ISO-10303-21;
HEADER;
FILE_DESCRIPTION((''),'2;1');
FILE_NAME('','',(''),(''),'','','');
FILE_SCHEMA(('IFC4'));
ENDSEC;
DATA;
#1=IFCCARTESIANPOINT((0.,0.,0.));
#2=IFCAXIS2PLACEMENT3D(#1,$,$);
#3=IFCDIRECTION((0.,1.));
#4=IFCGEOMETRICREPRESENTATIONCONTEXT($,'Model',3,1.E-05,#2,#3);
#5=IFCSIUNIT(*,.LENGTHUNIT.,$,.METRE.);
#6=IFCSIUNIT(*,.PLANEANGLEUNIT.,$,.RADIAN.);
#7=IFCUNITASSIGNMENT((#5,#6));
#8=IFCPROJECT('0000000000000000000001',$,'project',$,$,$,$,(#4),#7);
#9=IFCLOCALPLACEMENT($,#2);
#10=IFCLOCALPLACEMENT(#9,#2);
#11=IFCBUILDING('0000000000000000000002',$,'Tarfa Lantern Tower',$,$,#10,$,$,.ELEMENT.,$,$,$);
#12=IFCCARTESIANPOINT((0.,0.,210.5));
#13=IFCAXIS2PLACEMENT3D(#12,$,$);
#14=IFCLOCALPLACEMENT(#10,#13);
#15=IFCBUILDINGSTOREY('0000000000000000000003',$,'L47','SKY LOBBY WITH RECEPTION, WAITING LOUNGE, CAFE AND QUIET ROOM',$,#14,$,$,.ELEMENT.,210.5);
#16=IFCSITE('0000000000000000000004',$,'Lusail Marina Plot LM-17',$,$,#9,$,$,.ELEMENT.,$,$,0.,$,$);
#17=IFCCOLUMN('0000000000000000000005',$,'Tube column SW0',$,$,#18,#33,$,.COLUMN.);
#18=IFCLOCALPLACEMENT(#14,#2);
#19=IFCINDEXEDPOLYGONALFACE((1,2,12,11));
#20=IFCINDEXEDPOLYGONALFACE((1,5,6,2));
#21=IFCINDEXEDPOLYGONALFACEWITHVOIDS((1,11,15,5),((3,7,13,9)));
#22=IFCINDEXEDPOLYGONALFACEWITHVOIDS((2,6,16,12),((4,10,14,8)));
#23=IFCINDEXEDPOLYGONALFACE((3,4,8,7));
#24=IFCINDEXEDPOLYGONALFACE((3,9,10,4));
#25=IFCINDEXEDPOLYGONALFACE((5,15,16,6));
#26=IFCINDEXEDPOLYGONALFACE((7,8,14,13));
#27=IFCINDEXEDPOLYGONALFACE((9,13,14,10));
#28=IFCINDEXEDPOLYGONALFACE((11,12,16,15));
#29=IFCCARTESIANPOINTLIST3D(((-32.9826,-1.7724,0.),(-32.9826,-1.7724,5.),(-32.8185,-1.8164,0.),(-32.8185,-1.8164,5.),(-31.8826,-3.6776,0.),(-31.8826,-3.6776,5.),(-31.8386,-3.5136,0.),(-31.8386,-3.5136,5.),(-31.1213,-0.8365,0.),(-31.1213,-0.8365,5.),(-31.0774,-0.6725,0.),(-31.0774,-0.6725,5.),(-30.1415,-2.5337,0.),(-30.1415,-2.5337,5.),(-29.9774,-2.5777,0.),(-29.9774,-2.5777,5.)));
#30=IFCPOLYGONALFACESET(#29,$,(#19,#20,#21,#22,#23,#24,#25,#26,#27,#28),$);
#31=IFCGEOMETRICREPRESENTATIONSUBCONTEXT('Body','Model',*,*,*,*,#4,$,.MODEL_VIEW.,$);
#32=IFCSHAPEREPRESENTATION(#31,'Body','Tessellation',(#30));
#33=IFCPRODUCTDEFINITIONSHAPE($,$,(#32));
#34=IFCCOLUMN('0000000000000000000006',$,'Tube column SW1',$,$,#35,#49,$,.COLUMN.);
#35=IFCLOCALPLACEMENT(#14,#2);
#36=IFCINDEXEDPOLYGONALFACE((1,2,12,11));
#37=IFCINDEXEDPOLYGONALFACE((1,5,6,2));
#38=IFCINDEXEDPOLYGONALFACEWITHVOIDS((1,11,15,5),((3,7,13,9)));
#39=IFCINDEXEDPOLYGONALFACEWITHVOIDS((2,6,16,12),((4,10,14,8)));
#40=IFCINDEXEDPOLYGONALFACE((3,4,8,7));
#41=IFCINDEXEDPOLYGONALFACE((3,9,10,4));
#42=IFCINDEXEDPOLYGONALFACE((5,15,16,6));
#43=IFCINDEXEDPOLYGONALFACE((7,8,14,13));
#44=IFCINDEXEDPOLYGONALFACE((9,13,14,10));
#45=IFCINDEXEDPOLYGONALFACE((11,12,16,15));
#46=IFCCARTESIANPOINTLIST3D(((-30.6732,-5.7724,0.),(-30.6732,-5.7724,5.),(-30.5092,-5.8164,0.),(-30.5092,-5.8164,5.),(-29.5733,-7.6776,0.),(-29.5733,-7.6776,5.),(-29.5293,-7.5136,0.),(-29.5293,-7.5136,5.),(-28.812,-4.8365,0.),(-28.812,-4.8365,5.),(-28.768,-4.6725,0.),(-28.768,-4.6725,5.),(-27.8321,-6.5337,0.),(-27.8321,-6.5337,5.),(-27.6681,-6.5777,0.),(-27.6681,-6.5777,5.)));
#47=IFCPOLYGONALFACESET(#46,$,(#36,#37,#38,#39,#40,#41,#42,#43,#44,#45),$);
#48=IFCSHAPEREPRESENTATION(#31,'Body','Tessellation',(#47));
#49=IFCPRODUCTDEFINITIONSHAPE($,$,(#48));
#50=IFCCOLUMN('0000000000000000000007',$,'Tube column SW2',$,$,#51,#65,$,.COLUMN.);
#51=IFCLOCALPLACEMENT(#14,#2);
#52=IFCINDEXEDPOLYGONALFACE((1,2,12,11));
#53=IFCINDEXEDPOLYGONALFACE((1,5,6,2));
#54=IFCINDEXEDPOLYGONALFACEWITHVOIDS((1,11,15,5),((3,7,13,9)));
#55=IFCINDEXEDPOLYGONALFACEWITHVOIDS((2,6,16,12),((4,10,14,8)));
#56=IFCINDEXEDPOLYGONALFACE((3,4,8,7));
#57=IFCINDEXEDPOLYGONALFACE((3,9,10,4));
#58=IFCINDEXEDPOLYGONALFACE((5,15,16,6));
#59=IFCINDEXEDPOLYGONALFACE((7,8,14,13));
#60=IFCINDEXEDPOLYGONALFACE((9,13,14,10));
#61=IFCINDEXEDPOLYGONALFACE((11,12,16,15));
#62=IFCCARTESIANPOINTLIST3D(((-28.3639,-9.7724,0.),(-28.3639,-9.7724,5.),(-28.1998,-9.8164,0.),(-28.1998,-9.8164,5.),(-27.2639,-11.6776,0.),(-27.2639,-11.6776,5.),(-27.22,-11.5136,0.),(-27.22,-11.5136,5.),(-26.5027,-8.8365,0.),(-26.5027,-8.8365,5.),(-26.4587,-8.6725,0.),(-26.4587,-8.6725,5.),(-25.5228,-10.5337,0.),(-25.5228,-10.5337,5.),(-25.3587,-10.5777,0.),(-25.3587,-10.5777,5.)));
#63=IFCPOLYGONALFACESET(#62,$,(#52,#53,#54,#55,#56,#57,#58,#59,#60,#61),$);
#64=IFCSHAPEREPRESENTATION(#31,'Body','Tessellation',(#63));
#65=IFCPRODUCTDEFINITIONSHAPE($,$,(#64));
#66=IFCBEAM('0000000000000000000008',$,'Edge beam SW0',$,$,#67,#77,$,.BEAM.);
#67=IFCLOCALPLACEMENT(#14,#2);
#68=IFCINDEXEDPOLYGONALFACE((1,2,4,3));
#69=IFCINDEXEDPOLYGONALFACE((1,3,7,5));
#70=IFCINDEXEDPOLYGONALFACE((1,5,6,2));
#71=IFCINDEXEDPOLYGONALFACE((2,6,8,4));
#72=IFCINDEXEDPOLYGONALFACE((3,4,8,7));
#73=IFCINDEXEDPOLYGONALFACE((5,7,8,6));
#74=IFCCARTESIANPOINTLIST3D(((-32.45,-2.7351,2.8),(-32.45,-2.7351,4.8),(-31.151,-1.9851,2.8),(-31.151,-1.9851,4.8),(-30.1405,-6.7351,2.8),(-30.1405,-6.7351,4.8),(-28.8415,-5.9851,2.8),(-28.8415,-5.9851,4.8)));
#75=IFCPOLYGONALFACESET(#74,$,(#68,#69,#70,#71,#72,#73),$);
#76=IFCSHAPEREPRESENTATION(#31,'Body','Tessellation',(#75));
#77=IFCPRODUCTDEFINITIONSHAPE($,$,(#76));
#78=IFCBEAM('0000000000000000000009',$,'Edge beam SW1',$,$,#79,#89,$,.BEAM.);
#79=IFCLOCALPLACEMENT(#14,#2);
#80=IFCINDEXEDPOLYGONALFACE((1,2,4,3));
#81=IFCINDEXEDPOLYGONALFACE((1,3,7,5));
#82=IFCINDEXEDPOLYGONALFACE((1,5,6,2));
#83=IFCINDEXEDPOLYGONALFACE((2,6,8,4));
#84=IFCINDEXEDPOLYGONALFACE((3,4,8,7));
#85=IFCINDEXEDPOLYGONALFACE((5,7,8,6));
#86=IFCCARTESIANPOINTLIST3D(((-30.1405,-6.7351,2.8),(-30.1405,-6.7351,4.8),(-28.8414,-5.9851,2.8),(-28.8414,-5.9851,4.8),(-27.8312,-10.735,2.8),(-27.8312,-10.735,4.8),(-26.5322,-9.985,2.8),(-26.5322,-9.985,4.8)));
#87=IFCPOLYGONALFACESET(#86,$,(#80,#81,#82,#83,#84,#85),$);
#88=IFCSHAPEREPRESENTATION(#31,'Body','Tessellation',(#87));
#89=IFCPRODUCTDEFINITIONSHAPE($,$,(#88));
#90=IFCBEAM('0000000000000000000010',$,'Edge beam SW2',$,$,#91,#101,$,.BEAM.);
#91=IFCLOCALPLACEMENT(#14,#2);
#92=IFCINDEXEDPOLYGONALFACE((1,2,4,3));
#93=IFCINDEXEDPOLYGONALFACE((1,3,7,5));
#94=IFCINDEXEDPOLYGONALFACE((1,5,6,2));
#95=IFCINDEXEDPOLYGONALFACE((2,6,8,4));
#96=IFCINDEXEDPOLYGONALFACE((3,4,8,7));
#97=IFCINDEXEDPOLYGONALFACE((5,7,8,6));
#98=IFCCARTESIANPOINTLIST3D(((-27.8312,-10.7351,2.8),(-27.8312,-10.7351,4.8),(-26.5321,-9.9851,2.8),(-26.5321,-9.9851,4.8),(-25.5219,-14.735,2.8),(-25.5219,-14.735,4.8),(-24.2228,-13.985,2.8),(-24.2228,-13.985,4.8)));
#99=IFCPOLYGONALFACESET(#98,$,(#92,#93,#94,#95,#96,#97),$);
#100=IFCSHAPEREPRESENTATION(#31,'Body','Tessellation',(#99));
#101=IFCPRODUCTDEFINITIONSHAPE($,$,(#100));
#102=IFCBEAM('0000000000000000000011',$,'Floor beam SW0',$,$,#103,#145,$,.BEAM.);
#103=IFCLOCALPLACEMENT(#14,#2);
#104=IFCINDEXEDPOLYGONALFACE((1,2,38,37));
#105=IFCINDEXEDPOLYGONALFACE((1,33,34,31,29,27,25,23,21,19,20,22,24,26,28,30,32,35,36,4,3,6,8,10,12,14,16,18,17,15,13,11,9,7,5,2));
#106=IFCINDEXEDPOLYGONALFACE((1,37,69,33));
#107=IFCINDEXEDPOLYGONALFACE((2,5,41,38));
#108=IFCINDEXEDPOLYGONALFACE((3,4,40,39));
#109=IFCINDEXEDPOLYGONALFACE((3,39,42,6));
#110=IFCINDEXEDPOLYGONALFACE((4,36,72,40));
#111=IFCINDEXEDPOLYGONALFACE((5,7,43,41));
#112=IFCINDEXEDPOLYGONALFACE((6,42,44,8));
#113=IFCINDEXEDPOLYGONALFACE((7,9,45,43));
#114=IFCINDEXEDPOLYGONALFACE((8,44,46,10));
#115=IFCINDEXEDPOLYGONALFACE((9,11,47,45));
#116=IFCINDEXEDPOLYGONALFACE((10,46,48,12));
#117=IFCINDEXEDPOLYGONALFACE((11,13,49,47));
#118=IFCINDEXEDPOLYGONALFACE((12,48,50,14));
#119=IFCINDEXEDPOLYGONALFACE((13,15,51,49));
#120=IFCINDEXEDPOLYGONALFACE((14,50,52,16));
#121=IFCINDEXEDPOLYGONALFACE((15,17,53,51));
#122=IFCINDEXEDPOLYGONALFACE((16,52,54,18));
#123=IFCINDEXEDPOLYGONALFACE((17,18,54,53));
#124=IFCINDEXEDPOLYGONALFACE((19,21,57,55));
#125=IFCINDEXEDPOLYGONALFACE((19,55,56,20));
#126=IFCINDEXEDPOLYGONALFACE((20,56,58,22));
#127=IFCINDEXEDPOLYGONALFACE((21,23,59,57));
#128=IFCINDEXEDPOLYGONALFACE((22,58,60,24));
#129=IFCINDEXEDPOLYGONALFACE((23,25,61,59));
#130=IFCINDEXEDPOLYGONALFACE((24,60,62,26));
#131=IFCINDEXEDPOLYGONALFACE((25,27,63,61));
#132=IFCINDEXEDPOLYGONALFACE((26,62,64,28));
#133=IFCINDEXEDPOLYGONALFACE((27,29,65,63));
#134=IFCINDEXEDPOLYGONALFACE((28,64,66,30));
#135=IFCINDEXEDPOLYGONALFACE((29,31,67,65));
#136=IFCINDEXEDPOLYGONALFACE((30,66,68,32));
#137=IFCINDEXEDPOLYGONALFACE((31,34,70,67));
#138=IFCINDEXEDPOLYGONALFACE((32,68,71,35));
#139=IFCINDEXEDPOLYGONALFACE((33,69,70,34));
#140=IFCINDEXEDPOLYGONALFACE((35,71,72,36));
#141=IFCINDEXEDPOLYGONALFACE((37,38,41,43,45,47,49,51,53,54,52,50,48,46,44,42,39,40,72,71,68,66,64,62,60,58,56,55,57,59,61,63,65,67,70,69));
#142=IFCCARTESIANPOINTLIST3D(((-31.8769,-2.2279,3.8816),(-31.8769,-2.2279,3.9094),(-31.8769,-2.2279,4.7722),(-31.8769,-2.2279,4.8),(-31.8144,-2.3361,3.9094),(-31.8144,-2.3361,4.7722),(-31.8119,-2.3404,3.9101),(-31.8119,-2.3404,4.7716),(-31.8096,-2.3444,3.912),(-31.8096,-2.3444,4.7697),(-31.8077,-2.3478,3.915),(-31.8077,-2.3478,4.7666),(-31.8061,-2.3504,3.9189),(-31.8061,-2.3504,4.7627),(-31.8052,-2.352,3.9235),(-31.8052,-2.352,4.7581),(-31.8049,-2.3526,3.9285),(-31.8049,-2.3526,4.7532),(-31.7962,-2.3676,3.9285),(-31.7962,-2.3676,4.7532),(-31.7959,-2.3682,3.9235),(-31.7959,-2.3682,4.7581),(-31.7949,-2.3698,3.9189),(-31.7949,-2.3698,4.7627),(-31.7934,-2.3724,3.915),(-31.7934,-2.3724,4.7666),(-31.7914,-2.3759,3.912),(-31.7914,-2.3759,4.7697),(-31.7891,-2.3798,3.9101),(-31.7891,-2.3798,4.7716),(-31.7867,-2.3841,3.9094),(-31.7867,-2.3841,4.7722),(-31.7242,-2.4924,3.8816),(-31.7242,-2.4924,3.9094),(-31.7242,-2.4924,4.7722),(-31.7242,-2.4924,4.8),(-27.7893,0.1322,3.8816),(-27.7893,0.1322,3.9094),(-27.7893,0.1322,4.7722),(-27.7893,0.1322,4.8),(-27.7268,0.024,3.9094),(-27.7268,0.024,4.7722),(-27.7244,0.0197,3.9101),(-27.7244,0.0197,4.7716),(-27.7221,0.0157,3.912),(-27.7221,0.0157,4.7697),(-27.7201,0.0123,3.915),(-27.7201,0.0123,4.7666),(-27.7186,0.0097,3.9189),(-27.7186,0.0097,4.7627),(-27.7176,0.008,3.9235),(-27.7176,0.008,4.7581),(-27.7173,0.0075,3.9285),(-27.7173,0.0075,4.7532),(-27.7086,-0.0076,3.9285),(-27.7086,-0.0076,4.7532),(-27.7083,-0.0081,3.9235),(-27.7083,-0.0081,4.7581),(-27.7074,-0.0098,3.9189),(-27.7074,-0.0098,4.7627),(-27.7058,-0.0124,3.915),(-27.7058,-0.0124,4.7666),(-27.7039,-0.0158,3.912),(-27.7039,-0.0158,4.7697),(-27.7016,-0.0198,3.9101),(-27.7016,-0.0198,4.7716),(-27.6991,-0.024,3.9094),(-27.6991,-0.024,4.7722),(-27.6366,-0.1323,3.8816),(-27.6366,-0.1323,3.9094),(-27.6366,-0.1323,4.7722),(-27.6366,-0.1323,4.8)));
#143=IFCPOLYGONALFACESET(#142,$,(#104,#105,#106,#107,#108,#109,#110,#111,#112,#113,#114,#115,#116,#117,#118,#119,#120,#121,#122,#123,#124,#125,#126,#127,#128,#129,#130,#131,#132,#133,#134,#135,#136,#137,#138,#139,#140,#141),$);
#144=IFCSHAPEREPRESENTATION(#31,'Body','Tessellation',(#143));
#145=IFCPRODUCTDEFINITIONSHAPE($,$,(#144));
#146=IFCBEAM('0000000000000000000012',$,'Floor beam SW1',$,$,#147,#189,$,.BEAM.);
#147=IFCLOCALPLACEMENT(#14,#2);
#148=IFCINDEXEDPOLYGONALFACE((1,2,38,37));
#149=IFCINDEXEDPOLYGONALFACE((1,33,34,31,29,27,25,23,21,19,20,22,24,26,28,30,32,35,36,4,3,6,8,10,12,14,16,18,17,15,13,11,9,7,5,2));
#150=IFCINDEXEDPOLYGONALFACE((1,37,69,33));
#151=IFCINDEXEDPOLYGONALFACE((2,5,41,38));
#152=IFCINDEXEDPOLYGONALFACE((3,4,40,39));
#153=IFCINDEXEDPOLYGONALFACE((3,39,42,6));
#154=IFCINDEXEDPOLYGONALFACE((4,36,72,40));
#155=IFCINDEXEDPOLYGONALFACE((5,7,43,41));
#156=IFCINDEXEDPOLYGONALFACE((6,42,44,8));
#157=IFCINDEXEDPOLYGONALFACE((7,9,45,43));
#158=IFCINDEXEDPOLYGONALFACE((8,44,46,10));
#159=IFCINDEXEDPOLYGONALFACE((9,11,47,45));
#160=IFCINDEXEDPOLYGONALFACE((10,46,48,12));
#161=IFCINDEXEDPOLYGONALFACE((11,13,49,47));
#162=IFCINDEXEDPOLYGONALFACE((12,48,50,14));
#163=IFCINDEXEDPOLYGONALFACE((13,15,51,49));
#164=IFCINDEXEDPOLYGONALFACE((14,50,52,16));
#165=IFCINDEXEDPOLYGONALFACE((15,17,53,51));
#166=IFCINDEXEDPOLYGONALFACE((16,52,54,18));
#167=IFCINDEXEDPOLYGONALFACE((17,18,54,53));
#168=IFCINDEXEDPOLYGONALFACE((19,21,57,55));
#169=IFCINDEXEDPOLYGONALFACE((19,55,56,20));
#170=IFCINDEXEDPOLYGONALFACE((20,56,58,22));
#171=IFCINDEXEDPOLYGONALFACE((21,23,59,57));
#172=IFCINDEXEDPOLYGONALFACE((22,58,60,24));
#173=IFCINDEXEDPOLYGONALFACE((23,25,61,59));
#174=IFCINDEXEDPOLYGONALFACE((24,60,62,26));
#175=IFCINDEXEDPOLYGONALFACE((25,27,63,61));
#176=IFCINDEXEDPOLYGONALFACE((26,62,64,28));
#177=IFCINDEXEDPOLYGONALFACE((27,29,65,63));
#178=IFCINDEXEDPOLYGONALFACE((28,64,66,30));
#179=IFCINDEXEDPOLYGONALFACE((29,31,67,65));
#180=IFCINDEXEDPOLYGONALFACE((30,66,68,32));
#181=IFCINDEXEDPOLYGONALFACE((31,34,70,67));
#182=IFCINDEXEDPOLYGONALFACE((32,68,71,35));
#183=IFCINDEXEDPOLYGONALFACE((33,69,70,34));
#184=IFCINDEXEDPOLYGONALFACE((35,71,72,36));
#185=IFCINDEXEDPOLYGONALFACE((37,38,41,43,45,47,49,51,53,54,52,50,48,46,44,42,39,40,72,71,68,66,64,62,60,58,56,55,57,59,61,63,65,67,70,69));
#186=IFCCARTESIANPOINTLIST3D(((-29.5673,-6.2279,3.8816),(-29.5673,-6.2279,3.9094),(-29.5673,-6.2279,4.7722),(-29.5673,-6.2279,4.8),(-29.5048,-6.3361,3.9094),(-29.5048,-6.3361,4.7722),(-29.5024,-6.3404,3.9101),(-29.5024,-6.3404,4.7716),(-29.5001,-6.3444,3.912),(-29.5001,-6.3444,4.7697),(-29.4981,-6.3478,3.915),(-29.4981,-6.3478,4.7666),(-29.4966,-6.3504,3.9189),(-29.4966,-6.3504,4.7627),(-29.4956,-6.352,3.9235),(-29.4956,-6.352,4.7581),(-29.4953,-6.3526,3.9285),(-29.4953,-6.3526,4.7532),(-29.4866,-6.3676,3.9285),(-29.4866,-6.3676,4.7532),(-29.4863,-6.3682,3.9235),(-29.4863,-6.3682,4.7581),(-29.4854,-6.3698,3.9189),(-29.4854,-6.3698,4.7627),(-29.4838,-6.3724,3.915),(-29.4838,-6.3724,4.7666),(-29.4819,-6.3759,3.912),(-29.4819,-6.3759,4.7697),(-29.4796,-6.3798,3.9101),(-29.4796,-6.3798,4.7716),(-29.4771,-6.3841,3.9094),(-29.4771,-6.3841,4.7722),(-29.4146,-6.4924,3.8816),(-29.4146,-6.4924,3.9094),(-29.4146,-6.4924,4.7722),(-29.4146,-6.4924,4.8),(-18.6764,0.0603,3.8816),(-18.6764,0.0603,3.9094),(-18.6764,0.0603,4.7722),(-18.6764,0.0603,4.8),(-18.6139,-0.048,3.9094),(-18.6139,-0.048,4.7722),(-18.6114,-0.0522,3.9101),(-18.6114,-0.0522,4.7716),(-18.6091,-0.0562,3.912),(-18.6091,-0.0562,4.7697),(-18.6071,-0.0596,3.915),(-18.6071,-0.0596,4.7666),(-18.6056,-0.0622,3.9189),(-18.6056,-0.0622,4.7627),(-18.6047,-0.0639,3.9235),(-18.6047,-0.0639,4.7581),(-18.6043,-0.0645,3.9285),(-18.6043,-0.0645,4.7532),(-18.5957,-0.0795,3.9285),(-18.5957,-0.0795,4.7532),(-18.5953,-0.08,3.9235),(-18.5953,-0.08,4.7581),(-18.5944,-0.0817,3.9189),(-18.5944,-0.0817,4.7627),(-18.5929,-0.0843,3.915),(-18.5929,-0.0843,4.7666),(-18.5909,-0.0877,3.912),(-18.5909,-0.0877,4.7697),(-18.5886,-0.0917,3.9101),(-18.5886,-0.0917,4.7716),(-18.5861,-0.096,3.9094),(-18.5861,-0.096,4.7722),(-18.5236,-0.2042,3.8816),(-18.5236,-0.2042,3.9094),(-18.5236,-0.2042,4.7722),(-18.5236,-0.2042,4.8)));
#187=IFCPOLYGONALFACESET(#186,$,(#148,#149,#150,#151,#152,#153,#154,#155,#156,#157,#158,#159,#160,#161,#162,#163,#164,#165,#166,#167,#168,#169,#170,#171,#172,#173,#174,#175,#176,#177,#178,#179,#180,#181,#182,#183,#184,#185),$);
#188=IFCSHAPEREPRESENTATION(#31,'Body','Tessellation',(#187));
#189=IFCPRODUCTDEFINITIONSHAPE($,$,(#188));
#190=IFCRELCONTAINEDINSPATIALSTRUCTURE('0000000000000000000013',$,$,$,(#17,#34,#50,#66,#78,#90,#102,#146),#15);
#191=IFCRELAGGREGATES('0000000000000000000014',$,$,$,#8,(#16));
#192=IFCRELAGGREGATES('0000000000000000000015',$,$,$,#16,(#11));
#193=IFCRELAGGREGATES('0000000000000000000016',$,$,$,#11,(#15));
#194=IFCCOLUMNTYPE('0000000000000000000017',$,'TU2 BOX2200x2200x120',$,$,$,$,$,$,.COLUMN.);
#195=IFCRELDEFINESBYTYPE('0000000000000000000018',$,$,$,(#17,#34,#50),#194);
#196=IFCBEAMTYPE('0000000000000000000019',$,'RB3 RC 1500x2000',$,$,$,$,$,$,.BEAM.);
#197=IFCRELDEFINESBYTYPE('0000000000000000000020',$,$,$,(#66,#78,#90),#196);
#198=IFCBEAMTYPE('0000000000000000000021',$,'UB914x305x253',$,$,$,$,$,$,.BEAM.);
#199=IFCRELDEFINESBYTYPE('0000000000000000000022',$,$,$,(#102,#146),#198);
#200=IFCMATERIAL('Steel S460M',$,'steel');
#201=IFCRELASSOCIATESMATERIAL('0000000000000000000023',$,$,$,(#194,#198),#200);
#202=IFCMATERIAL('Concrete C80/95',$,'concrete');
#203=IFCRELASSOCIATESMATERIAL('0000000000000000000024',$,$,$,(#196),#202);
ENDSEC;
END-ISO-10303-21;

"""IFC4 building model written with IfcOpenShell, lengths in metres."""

from ifc_helpers import new_model, si_unit, direction, frame, origin, origin_2d, place, context, subcontext, project, spatial, rectangle, hollow_rectangle, i_section, extrude, material, material_profile, profile_set, type_object, element, save


model = new_model("IFC4")

# Units and contexts
model_context = context("Model", 3, precision=1e-05, world=origin(), true_north=direction((0.0, 1.0)))
body_context = subcontext(model_context, "Body", "Model", "MODEL_VIEW")
ifc_project = project(units=[si_unit("LENGTHUNIT", "METRE"), si_unit("PLANEANGLEUNIT", "RADIAN")], contexts=[model_context])

# Site, building, storey
site_placement = place(None, origin())
site = spatial("IfcSite", under=ifc_project, at=site_placement, Name="Lusail Marina Plot LM-17", CompositionType="ELEMENT", RefElevation=0.0)
building_placement = place(site_placement, origin())
building = spatial("IfcBuilding", under=site, at=building_placement, Name="Tarfa Lantern Tower", CompositionType="ELEMENT")
storey_placement = place(building_placement, frame((0.0, 0.0, 210.5)))
storey = spatial("IfcBuildingStorey", under=building, at=storey_placement, Name="L47", Description="SKY LOBBY WITH RECEPTION, WAITING LOUNGE, CAFE AND QUIET ROOM", CompositionType="ELEMENT", Elevation=210.5)

# Columns
ifc_material_1 = material(Name="Steel S460M", Category="steel")
ifc_material_profile_1 = material_profile(ifc_material_1, hollow_rectangle(XDim=2.2, YDim=2.2, WallThickness=0.1201, at=origin_2d()), Name="BOX2200x2200x120")
ifc_profile_set_1 = profile_set([ifc_material_profile_1], Name="Steel S460M")
column_type = type_object("IfcColumnType", Name="TU2 BOX2200x2200x120", PredefinedType="COLUMN", material=ifc_profile_set_1)
for number, where, z_axis, x_axis, name in (
    (1, (-31.48, -2.175, 0.0), (0.0, 0.0, 1.0), (0.5, -0.866025, 0.0), "Tube column SW0"),
    (2, (-29.1707, -6.175, 0.0), (0.0, 0.0, 1.0), (0.5, -0.866025, 0.0), "Tube column SW1"),
    (3, (-26.8613, -10.175, 0.0), (0.0, 0.0, 1.0), (0.5, -0.866025, 0.0), "Tube column SW2"),
):
    element("IfcColumn", number, at=place(storey_placement, frame(where, z_axis=z_axis, x_axis=x_axis)), inside=storey, type_object=column_type, Name=name, PredefinedType="COLUMN", context=body_context, shape_type="SweptSolid", body=[
        extrude(hollow_rectangle(XDim=2.2, YDim=2.2, WallThickness=0.1201, at=origin_2d()), origin(), (0.0, 0.0, 1.0), 5.0),
    ])

# Beams
ifc_material_2 = material(Name="Concrete C80/95", Category="concrete")
ifc_material_profile_2 = material_profile(ifc_material_2, rectangle(XDim=1.5, YDim=2.0, at=origin_2d()), Name="RC 1500x2000")
ifc_profile_set_2 = profile_set([ifc_material_profile_2], Name="Concrete C80/95")
beam_type_1 = type_object("IfcBeamType", Name="RB3 RC 1500x2000", PredefinedType="BEAM", material=ifc_profile_set_2)
beam_1_placement = place(storey_placement, frame((-31.8005, -2.3601, 3.8), z_axis=(0.500027, -0.86601, 0.0), x_axis=(0.86601, 0.500027, 0.0)))
element("IfcBeam", 4, at=beam_1_placement, inside=storey, type_object=beam_type_1, Name="Edge beam SW0", PredefinedType="BEAM", context=body_context, shape_type="SweptSolid", body=[
    extrude(rectangle(XDim=1.5, YDim=2.0, at=origin_2d()), origin(), (0.0, 0.0, 1.0), 4.6189),
])
for number, where, z_axis, x_axis, name in (
    (5, (-29.491, -6.3601, 3.8), (0.499988, -0.866032, 0.0), (0.866032, 0.499988, 0.0), "Edge beam SW1"),
    (6, (-27.1816, -10.3601, 3.8), (0.499988, -0.866032, 0.0), (0.866032, 0.499988, 0.0), "Edge beam SW2"),
):
    element("IfcBeam", number, at=place(storey_placement, frame(where, z_axis=z_axis, x_axis=x_axis)), inside=storey, type_object=beam_type_1, Name=name, PredefinedType="BEAM", context=body_context, shape_type="SweptSolid", body=[
        extrude(rectangle(XDim=1.5, YDim=2.0, at=origin_2d()), origin(), (0.0, 0.0, 1.0), 4.6187),
    ])
ifc_material_profile_3 = material_profile(ifc_material_1, i_section(OverallWidth=0.3054, OverallDepth=0.9185, WebThickness=0.0173, FlangeThickness=0.0278, FilletRadius=0.019, at=origin_2d()), Name="UB914x305x253")
ifc_profile_set_3 = profile_set([ifc_material_profile_3], Name="Steel S460M")
beam_type_2 = type_object("IfcBeamType", Name="UB914x305x253", PredefinedType="BEAM", material=ifc_profile_set_3)
beam_2_placement = place(storey_placement, frame((-31.8005, -2.3601, 4.3408), z_axis=(0.866016, 0.500016, 0.0), x_axis=(-0.500016, 0.866016, 0.0)))
element("IfcBeam", 7, at=beam_2_placement, inside=storey, type_object=beam_type_2, Name="Floor beam SW0", PredefinedType="BEAM", context=body_context, shape_type="SweptSolid", body=[
    extrude(i_section(OverallWidth=0.3054, OverallDepth=0.9185, WebThickness=0.0173, FlangeThickness=0.0278, FilletRadius=0.019, at=origin_2d()), origin(), (0.0, 0.0, 1.0), 4.72),
])
beam_3_placement = place(storey_placement, frame((-29.491, -6.3601, 4.3408), z_axis=(0.866017, 0.500014, 0.0), x_axis=(-0.500014, 0.866017, 0.0)))
element("IfcBeam", 8, at=beam_3_placement, inside=storey, type_object=beam_type_2, Name="Floor beam SW1", PredefinedType="BEAM", context=body_context, shape_type="SweptSolid", body=[
    extrude(i_section(OverallWidth=0.3054, OverallDepth=0.9185, WebThickness=0.0173, FlangeThickness=0.0278, FilletRadius=0.019, at=origin_2d()), origin(), (0.0, 0.0, 1.0), 12.5759),
])

save(model, "model.ifc")
